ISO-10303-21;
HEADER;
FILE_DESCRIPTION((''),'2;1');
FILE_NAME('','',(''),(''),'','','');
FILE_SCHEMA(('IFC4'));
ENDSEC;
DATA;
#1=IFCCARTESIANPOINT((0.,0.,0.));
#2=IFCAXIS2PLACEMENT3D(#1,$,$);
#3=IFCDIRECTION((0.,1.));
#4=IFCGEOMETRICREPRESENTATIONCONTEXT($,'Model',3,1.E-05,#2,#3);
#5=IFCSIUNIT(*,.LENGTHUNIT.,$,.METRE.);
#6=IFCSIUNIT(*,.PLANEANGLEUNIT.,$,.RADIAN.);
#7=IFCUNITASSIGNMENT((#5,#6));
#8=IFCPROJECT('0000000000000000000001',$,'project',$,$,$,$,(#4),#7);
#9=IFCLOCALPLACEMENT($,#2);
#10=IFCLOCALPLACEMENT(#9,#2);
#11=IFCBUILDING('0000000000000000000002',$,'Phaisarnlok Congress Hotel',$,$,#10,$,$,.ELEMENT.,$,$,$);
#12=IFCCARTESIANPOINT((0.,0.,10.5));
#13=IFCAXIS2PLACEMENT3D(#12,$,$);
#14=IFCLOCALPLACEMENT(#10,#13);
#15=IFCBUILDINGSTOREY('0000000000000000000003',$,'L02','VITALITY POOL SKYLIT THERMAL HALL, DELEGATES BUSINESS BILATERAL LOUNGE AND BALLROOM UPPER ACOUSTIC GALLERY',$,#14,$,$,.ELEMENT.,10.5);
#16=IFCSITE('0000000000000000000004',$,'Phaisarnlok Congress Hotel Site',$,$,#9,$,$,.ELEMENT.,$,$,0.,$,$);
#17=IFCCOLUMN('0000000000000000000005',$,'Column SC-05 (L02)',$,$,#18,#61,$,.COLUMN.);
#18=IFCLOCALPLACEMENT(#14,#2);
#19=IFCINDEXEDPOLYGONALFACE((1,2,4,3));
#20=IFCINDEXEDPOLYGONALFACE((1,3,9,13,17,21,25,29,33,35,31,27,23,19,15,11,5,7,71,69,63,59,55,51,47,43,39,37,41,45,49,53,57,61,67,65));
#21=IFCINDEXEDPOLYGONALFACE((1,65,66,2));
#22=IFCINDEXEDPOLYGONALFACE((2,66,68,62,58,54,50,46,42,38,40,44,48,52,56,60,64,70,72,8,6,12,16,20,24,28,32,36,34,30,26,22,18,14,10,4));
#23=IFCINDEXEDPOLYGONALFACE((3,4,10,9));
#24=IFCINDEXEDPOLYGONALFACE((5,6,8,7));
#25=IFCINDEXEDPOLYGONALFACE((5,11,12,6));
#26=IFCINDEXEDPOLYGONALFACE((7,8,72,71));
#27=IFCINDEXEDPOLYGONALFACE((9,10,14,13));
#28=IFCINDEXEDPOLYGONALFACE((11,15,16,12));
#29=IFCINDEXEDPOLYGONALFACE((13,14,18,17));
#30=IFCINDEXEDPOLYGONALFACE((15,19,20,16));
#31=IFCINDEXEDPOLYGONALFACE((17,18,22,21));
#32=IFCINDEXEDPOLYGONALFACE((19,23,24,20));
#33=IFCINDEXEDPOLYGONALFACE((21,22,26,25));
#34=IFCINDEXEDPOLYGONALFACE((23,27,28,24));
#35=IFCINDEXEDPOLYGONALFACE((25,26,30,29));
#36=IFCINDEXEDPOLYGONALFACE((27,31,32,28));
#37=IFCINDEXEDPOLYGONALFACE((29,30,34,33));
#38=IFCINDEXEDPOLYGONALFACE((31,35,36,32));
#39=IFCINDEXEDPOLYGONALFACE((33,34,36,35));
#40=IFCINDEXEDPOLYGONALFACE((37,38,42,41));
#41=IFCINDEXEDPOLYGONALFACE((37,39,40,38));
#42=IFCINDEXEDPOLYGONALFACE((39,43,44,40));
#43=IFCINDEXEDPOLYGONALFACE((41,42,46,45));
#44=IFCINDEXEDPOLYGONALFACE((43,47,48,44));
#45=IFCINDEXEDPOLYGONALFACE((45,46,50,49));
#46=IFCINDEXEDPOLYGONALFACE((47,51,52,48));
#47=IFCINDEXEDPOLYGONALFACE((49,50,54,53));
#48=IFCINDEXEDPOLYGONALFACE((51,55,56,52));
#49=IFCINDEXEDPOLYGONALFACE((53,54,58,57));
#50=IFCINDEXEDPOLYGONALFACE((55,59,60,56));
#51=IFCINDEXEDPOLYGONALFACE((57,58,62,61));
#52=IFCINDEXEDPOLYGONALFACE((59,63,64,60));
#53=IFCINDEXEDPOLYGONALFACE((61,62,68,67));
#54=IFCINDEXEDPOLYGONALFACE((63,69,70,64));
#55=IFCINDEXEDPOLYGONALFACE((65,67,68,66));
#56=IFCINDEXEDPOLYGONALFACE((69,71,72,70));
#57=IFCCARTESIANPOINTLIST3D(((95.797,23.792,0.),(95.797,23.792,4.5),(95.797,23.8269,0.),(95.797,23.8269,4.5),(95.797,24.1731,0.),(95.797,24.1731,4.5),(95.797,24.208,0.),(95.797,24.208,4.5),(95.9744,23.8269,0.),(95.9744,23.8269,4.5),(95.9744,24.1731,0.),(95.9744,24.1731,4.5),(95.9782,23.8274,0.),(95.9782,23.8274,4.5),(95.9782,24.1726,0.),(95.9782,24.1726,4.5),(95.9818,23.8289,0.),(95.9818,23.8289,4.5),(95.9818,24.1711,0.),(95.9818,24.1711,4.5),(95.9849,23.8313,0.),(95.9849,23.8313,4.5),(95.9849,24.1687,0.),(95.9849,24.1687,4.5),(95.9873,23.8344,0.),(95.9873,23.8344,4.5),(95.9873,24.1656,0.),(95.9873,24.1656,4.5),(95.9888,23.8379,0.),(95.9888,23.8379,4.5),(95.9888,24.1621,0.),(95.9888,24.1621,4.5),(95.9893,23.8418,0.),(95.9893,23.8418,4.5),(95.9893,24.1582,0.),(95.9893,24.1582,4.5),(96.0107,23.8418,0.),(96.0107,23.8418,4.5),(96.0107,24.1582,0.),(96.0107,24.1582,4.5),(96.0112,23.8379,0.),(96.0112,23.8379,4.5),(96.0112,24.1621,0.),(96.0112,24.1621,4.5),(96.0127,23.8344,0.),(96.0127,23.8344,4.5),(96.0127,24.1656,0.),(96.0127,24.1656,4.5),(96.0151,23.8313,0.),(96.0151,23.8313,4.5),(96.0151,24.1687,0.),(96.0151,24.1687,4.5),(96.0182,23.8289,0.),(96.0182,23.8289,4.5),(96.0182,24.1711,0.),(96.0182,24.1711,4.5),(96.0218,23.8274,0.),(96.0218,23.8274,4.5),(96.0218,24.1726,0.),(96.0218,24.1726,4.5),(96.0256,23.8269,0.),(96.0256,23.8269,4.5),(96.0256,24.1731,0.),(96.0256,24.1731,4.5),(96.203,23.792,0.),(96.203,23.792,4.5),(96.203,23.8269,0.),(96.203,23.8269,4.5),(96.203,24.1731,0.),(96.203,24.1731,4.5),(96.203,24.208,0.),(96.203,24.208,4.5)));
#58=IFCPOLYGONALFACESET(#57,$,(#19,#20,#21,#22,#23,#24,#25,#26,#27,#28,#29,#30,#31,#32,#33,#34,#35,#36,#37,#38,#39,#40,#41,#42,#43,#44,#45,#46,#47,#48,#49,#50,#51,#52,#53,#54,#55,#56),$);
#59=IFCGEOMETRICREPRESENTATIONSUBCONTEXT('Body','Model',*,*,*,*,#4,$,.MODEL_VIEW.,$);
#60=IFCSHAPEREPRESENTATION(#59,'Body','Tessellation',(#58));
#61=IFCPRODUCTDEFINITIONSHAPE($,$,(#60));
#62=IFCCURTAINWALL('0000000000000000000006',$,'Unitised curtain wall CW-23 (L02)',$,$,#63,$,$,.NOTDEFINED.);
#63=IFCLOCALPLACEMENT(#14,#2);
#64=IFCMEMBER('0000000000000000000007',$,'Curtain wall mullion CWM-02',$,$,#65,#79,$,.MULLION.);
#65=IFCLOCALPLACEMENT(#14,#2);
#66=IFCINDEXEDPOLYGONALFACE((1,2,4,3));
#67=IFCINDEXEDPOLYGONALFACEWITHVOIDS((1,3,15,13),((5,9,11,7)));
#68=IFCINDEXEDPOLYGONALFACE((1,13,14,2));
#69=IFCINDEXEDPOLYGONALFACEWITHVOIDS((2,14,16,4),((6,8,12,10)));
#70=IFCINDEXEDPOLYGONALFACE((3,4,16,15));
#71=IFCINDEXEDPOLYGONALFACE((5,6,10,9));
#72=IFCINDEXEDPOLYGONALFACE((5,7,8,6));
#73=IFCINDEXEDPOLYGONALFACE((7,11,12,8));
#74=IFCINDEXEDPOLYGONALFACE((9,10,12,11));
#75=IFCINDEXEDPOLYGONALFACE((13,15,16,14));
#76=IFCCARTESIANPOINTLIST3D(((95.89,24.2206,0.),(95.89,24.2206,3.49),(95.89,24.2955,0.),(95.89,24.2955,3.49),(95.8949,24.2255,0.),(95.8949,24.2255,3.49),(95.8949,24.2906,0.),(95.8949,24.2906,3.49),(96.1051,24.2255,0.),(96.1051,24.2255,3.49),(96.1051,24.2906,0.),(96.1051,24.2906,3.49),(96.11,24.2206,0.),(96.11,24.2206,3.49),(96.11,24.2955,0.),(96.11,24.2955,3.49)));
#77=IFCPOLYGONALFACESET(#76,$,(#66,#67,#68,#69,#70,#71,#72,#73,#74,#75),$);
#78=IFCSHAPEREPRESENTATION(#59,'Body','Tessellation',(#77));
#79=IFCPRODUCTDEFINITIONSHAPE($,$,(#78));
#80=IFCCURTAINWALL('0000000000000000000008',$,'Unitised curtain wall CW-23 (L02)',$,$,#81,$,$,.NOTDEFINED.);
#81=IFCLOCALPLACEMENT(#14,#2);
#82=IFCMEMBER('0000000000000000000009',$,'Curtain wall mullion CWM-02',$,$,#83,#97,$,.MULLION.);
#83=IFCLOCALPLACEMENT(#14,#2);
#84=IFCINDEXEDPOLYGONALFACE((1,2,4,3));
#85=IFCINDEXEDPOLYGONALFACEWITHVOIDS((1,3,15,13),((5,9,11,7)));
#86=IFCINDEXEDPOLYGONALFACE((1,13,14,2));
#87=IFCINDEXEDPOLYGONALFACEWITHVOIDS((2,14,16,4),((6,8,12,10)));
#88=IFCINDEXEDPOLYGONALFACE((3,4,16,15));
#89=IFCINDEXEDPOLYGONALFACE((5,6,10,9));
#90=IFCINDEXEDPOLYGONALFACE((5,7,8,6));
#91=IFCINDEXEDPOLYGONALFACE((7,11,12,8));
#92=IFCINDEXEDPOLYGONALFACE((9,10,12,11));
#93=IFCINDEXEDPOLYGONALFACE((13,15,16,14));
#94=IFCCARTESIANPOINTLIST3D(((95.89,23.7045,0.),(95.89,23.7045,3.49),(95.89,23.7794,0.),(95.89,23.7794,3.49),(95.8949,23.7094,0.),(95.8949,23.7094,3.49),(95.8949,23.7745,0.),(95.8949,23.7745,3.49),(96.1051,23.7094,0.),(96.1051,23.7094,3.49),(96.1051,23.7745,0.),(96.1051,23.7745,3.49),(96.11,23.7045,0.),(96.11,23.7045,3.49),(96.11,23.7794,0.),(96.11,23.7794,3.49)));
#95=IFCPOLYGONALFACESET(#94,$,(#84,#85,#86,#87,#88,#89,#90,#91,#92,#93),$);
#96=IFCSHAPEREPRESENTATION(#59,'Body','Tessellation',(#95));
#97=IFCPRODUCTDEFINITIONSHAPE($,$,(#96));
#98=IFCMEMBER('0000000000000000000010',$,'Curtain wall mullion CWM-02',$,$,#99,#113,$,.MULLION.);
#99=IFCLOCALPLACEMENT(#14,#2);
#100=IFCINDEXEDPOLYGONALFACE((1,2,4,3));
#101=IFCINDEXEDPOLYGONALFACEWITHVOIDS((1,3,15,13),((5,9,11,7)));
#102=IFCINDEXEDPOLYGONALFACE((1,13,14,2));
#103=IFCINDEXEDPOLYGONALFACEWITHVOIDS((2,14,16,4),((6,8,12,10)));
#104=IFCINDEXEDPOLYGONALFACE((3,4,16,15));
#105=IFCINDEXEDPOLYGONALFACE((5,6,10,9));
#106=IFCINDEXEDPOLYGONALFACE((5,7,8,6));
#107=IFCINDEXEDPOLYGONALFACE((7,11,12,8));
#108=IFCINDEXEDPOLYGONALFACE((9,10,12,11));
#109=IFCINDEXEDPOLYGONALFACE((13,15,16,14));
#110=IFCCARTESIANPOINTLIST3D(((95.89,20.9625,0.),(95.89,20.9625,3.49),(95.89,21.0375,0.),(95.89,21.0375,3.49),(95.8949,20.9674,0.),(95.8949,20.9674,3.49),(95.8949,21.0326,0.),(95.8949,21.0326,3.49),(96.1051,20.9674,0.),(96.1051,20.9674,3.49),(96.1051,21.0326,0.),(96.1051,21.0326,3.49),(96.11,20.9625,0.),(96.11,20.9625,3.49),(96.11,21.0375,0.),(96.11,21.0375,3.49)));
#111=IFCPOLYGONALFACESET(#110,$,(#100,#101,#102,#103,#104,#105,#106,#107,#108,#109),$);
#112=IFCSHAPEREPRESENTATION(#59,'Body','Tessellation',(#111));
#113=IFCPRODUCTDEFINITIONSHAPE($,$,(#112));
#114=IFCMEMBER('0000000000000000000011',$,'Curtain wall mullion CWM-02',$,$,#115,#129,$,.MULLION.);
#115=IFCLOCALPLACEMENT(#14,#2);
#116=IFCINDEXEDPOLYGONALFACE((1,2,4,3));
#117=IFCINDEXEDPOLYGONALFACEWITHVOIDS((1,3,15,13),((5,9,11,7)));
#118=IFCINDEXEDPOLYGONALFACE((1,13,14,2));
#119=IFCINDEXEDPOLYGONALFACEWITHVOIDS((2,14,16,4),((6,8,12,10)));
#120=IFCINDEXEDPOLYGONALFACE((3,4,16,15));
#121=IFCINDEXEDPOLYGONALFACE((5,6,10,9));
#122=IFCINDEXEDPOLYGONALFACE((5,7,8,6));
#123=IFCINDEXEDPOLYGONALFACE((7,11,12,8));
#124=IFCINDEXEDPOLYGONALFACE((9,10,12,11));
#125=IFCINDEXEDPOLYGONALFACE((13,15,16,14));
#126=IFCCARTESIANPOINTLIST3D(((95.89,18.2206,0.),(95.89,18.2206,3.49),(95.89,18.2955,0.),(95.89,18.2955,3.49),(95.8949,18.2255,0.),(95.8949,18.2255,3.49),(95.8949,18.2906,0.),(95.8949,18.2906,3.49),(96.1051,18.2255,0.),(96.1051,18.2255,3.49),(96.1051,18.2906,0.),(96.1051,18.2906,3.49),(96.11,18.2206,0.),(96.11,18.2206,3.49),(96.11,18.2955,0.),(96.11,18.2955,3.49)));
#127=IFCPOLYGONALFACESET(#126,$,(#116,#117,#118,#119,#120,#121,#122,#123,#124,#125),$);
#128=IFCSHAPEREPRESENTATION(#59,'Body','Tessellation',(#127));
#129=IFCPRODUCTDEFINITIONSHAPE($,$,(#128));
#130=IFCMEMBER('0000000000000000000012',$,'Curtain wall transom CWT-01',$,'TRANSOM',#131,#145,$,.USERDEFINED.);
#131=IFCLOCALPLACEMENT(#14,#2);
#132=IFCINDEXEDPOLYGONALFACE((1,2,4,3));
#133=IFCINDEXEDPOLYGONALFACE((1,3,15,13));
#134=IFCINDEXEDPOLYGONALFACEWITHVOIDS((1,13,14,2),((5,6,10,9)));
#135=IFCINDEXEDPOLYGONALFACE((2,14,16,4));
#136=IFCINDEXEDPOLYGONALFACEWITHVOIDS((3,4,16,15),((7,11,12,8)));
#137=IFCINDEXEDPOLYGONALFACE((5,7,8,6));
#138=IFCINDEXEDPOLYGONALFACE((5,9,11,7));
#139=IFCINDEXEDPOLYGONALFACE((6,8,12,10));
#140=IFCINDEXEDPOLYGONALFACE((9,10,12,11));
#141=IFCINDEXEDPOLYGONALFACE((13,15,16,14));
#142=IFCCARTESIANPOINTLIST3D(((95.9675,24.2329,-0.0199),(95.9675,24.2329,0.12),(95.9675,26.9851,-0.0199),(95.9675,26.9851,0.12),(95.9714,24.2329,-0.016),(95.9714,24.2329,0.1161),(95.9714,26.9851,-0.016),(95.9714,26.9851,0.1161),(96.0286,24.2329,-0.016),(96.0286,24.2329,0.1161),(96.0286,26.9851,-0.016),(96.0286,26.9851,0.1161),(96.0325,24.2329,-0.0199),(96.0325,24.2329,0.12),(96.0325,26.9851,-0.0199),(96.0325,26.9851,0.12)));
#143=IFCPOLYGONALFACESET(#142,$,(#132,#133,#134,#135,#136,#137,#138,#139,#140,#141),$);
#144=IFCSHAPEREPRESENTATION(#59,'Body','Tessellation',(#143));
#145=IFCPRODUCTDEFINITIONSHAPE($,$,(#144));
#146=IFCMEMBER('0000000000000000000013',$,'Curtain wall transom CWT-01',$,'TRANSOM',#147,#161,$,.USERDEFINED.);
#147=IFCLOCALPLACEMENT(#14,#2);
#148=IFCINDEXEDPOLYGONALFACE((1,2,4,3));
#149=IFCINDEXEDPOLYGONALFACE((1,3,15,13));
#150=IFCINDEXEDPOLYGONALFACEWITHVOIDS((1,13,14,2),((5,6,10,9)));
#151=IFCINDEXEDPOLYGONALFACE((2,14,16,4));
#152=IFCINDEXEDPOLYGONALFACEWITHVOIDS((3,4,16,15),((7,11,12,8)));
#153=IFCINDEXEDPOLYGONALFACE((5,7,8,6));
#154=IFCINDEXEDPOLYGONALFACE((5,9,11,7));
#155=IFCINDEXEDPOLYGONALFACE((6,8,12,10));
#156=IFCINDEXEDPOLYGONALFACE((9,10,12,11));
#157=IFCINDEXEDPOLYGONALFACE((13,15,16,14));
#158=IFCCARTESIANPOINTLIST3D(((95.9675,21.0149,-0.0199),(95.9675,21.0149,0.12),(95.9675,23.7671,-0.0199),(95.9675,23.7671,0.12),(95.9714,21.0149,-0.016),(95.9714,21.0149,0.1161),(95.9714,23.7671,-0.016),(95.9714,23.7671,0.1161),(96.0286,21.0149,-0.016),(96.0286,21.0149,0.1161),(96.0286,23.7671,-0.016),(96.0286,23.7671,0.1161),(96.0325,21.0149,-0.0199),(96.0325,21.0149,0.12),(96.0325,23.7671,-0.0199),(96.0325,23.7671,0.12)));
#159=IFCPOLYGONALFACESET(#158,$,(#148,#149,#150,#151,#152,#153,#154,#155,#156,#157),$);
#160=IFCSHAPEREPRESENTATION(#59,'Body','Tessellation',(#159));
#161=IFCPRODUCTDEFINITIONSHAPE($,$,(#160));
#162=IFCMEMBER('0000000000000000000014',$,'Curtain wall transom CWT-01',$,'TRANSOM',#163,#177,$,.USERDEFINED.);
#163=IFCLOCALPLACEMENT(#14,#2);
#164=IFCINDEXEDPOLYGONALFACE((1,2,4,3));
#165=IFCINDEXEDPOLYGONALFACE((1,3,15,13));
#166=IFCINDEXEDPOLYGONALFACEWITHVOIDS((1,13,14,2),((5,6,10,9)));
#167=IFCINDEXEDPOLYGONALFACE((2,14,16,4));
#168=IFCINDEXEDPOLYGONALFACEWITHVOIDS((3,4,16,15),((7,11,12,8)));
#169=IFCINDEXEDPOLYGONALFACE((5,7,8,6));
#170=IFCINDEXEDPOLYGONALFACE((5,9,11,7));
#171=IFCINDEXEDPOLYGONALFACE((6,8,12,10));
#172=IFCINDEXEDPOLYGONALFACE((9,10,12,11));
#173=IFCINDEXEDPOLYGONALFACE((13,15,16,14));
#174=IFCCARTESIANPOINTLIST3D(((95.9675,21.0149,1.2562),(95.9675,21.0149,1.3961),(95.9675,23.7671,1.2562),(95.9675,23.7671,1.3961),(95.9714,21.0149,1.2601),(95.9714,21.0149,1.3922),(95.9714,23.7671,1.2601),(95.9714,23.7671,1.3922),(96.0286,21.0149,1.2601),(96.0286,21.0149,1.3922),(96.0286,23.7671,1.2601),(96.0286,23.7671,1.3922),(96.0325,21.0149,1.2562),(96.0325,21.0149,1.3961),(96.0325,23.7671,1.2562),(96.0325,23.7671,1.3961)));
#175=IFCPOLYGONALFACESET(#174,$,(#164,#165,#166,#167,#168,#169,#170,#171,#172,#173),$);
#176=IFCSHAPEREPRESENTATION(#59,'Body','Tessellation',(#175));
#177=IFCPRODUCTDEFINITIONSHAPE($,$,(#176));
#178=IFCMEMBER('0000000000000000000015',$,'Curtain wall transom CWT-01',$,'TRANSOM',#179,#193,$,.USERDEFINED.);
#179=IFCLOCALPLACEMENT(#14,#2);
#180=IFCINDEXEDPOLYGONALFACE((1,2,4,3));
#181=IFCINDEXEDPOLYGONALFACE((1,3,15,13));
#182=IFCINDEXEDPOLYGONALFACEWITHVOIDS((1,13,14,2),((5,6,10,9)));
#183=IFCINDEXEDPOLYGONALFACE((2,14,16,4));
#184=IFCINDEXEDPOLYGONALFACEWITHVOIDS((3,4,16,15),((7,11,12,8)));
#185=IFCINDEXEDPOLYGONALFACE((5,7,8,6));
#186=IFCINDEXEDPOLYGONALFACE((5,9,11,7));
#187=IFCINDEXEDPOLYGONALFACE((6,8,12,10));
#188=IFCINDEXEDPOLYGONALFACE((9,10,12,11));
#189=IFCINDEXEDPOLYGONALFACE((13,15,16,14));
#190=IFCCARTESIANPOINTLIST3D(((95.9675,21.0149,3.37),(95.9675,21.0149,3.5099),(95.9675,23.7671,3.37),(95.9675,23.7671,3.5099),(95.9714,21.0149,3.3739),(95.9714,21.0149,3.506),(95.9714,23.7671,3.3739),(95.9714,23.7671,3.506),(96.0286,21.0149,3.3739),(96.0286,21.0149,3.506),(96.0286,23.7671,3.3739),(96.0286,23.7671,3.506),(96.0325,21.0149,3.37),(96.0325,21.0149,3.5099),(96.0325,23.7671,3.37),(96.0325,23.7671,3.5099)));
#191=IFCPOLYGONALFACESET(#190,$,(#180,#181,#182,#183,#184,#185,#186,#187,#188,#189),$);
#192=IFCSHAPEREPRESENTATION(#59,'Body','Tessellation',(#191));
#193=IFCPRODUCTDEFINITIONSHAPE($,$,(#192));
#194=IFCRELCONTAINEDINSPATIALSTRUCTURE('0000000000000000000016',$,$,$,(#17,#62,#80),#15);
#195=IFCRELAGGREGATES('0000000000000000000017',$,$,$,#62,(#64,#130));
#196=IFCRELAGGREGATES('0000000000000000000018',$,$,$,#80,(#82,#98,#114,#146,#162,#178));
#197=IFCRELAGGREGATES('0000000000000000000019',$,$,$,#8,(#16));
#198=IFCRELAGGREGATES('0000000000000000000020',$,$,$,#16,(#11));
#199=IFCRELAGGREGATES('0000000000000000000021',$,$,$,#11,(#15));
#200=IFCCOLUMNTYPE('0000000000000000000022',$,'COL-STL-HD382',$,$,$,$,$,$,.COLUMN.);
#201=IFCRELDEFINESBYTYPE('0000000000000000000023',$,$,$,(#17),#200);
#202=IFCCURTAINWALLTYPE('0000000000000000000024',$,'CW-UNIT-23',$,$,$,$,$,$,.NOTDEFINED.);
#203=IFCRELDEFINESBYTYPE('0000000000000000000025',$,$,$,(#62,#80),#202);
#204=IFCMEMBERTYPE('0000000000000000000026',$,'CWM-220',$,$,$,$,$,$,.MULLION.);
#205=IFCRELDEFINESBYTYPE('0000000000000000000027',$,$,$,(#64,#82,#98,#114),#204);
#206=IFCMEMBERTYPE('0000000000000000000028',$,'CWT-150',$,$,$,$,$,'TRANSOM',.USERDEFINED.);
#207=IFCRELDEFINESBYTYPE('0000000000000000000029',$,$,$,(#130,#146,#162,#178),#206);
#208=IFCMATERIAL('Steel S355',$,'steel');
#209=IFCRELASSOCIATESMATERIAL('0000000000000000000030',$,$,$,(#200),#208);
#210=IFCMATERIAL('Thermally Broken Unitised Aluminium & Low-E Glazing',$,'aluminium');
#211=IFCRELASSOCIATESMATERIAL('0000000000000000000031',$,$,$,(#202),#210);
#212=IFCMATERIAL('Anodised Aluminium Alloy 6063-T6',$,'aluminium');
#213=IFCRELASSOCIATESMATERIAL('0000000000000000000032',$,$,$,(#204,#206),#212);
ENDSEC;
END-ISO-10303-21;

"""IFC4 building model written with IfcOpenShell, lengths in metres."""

from ifc_helpers import new_model, si_unit, direction, frame, origin, origin_2d, place, context, subcontext, project, spatial, hollow_rectangle, i_section, extrude, material, material_profile, profile_set, type_object, element, aggregate, save


model = new_model("IFC4")

# Units and contexts
model_context = context("Model", 3, precision=1e-05, world=origin(), true_north=direction((0.0, 1.0)))
body_context = subcontext(model_context, "Body", "Model", "MODEL_VIEW")
ifc_project = project(units=[si_unit("LENGTHUNIT", "METRE"), si_unit("PLANEANGLEUNIT", "RADIAN")], contexts=[model_context])

# Site, building, storey
site_placement = place(None, origin())
site = spatial("IfcSite", under=ifc_project, at=site_placement, Name="Phaisarnlok Congress Hotel Site", CompositionType="ELEMENT", RefElevation=0.0)
building_placement = place(site_placement, origin())
building = spatial("IfcBuilding", under=site, at=building_placement, Name="Phaisarnlok Congress Hotel", CompositionType="ELEMENT")
storey_placement = place(building_placement, frame((0.0, 0.0, 10.5)))
storey = spatial("IfcBuildingStorey", under=building, at=storey_placement, Name="L02", Description="VITALITY POOL SKYLIT THERMAL HALL, DELEGATES BUSINESS BILATERAL LOUNGE AND BALLROOM UPPER ACOUSTIC GALLERY", CompositionType="ELEMENT", Elevation=10.5)

# Column
ifc_material_1 = material(Name="Steel S355", Category="steel")
ifc_material_profile_1 = material_profile(ifc_material_1, i_section(OverallWidth=0.406, OverallDepth=0.416, WebThickness=0.0215, FlangeThickness=0.0349, FilletRadius=0.0149, at=origin_2d()), Name="HD 400x382")
ifc_profile_set_1 = profile_set([ifc_material_profile_1], Name="Steel S355")
column_type = type_object("IfcColumnType", Name="COL-STL-HD382", PredefinedType="COLUMN", material=ifc_profile_set_1)
column_placement = place(storey_placement, frame((96.0, 24.0, 0.0), z_axis=(0.0, 0.0, 1.0), x_axis=(1.0, 0.0, 0.0)))
element("IfcColumn", 1, at=column_placement, inside=storey, type_object=column_type, Name="Column SC-05 (L02)", PredefinedType="COLUMN", context=body_context, shape_type="SweptSolid", body=[
    extrude(i_section(OverallWidth=0.406, OverallDepth=0.416, WebThickness=0.0215, FlangeThickness=0.0349, FilletRadius=0.0149, at=origin_2d()), origin(), (0.0, 0.0, 1.0), 4.5),
])

# Curtain wall, member
ifc_material_2 = material(Name="Thermally Broken Unitised Aluminium & Low-E Glazing", Category="aluminium")
curtain_wall_type = type_object("IfcCurtainWallType", Name="CW-UNIT-23", PredefinedType="NOTDEFINED", material=ifc_material_2)
curtain_wall_1_placement = place(storey_placement, origin())
curtain_wall_1 = element("IfcCurtainWall", 2, at=curtain_wall_1_placement, inside=storey, type_object=curtain_wall_type, Name="Unitised curtain wall CW-23 (L02)", PredefinedType="NOTDEFINED")
ifc_material_3 = material(Name="Anodised Aluminium Alloy 6063-T6", Category="aluminium")
ifc_material_profile_2 = material_profile(ifc_material_3, hollow_rectangle(XDim=0.075, YDim=0.22, WallThickness=0.0049, at=origin_2d()), Name="ALU-M 75x220x5")
ifc_profile_set_2 = profile_set([ifc_material_profile_2], Name="Anodised Aluminium Alloy 6063-T6")
member_type_1 = type_object("IfcMemberType", Name="CWM-220", PredefinedType="MULLION", material=ifc_profile_set_2)
member_1_placement = place(storey_placement, frame((96.0, 24.2581, 0.0), z_axis=(0.0, 0.0, 1.0), x_axis=(0.0, -1.0, 0.0)))
member_1 = element("IfcMember", 3, at=member_1_placement, type_object=member_type_1, Name="Curtain wall mullion CWM-02", PredefinedType="MULLION", context=body_context, shape_type="SweptSolid", body=[
    extrude(hollow_rectangle(XDim=0.075, YDim=0.22, WallThickness=0.0049, at=origin_2d()), origin(), (0.0, 0.0, 1.0), 3.49),
])

# Curtain wall, members
curtain_wall_2_placement = place(storey_placement, origin())
curtain_wall_2 = element("IfcCurtainWall", 4, at=curtain_wall_2_placement, inside=storey, type_object=curtain_wall_type, Name="Unitised curtain wall CW-23 (L02)", PredefinedType="NOTDEFINED")
member_2_placement = place(storey_placement, frame((96.0, 23.7419, 0.0), z_axis=(0.0, 0.0, 1.0), x_axis=(0.0, -1.0, 0.0)))
member_2 = element("IfcMember", 5, at=member_2_placement, type_object=member_type_1, Name="Curtain wall mullion CWM-02", PredefinedType="MULLION", context=body_context, shape_type="SweptSolid", body=[
    extrude(hollow_rectangle(XDim=0.075, YDim=0.22, WallThickness=0.0049, at=origin_2d()), origin(), (0.0, 0.0, 1.0), 3.49),
])
member_3_placement = place(storey_placement, frame((96.0, 21.0, 0.0), z_axis=(0.0, 0.0, 1.0), x_axis=(0.0, -1.0, 0.0)))
member_3 = element("IfcMember", 6, at=member_3_placement, type_object=member_type_1, Name="Curtain wall mullion CWM-02", PredefinedType="MULLION", context=body_context, shape_type="SweptSolid", body=[
    extrude(hollow_rectangle(XDim=0.075, YDim=0.22, WallThickness=0.0049, at=origin_2d()), origin(), (0.0, 0.0, 1.0), 3.49),
])
member_4_placement = place(storey_placement, frame((96.0, 18.2581, 0.0), z_axis=(0.0, 0.0, 1.0), x_axis=(0.0, -1.0, 0.0)))
member_4 = element("IfcMember", 7, at=member_4_placement, type_object=member_type_1, Name="Curtain wall mullion CWM-02", PredefinedType="MULLION", context=body_context, shape_type="SweptSolid", body=[
    extrude(hollow_rectangle(XDim=0.075, YDim=0.22, WallThickness=0.0049, at=origin_2d()), origin(), (0.0, 0.0, 1.0), 3.49),
])

# Members
ifc_material_profile_3 = material_profile(ifc_material_3, hollow_rectangle(XDim=0.0649, YDim=0.1399, WallThickness=0.0039, at=origin_2d()), Name="ALU-T 65x140x4")
ifc_profile_set_3 = profile_set([ifc_material_profile_3], Name="Anodised Aluminium Alloy 6063-T6")
member_type_2 = type_object("IfcMemberType", Name="CWT-150", ElementType="TRANSOM", PredefinedType="USERDEFINED", material=ifc_profile_set_3)
member_5_placement = place(storey_placement, frame((96.0, 26.9851, 0.05), z_axis=(0.0, -1.0, 0.0), x_axis=(1.0, 0.0, 0.0)))
member_5 = element("IfcMember", 8, at=member_5_placement, type_object=member_type_2, Name="Curtain wall transom CWT-01", ObjectType="TRANSOM", PredefinedType="USERDEFINED", context=body_context, shape_type="SweptSolid", body=[
    extrude(hollow_rectangle(XDim=0.0649, YDim=0.1399, WallThickness=0.0039, at=origin_2d()), origin(), (0.0, 0.0, 1.0), 2.7522),
])
aggregate(curtain_wall_1, [member_1, member_5])
member_6_placement = place(storey_placement, frame((96.0, 23.7671, 0.05), z_axis=(0.0, -1.0, 0.0), x_axis=(1.0, 0.0, 0.0)))
member_6 = element("IfcMember", 9, at=member_6_placement, type_object=member_type_2, Name="Curtain wall transom CWT-01", ObjectType="TRANSOM", PredefinedType="USERDEFINED", context=body_context, shape_type="SweptSolid", body=[
    extrude(hollow_rectangle(XDim=0.0649, YDim=0.1399, WallThickness=0.0039, at=origin_2d()), origin(), (0.0, 0.0, 1.0), 2.7522),
])
member_7_placement = place(storey_placement, frame((96.0, 23.7671, 1.3262), z_axis=(0.0, -1.0, 0.0), x_axis=(1.0, 0.0, 0.0)))
member_7 = element("IfcMember", 10, at=member_7_placement, type_object=member_type_2, Name="Curtain wall transom CWT-01", ObjectType="TRANSOM", PredefinedType="USERDEFINED", context=body_context, shape_type="SweptSolid", body=[
    extrude(hollow_rectangle(XDim=0.0649, YDim=0.1399, WallThickness=0.0039, at=origin_2d()), origin(), (0.0, 0.0, 1.0), 2.7522),
])
member_8_placement = place(storey_placement, frame((96.0, 23.7671, 3.4399), z_axis=(0.0, -1.0, 0.0), x_axis=(1.0, 0.0, 0.0)))
member_8 = element("IfcMember", 11, at=member_8_placement, type_object=member_type_2, Name="Curtain wall transom CWT-01", ObjectType="TRANSOM", PredefinedType="USERDEFINED", context=body_context, shape_type="SweptSolid", body=[
    extrude(hollow_rectangle(XDim=0.0649, YDim=0.1399, WallThickness=0.0039, at=origin_2d()), origin(), (0.0, 0.0, 1.0), 2.7522),
])

aggregate(curtain_wall_2, [member_2, member_3, member_4, member_6, member_7, member_8])

save(model, "model.ifc")
